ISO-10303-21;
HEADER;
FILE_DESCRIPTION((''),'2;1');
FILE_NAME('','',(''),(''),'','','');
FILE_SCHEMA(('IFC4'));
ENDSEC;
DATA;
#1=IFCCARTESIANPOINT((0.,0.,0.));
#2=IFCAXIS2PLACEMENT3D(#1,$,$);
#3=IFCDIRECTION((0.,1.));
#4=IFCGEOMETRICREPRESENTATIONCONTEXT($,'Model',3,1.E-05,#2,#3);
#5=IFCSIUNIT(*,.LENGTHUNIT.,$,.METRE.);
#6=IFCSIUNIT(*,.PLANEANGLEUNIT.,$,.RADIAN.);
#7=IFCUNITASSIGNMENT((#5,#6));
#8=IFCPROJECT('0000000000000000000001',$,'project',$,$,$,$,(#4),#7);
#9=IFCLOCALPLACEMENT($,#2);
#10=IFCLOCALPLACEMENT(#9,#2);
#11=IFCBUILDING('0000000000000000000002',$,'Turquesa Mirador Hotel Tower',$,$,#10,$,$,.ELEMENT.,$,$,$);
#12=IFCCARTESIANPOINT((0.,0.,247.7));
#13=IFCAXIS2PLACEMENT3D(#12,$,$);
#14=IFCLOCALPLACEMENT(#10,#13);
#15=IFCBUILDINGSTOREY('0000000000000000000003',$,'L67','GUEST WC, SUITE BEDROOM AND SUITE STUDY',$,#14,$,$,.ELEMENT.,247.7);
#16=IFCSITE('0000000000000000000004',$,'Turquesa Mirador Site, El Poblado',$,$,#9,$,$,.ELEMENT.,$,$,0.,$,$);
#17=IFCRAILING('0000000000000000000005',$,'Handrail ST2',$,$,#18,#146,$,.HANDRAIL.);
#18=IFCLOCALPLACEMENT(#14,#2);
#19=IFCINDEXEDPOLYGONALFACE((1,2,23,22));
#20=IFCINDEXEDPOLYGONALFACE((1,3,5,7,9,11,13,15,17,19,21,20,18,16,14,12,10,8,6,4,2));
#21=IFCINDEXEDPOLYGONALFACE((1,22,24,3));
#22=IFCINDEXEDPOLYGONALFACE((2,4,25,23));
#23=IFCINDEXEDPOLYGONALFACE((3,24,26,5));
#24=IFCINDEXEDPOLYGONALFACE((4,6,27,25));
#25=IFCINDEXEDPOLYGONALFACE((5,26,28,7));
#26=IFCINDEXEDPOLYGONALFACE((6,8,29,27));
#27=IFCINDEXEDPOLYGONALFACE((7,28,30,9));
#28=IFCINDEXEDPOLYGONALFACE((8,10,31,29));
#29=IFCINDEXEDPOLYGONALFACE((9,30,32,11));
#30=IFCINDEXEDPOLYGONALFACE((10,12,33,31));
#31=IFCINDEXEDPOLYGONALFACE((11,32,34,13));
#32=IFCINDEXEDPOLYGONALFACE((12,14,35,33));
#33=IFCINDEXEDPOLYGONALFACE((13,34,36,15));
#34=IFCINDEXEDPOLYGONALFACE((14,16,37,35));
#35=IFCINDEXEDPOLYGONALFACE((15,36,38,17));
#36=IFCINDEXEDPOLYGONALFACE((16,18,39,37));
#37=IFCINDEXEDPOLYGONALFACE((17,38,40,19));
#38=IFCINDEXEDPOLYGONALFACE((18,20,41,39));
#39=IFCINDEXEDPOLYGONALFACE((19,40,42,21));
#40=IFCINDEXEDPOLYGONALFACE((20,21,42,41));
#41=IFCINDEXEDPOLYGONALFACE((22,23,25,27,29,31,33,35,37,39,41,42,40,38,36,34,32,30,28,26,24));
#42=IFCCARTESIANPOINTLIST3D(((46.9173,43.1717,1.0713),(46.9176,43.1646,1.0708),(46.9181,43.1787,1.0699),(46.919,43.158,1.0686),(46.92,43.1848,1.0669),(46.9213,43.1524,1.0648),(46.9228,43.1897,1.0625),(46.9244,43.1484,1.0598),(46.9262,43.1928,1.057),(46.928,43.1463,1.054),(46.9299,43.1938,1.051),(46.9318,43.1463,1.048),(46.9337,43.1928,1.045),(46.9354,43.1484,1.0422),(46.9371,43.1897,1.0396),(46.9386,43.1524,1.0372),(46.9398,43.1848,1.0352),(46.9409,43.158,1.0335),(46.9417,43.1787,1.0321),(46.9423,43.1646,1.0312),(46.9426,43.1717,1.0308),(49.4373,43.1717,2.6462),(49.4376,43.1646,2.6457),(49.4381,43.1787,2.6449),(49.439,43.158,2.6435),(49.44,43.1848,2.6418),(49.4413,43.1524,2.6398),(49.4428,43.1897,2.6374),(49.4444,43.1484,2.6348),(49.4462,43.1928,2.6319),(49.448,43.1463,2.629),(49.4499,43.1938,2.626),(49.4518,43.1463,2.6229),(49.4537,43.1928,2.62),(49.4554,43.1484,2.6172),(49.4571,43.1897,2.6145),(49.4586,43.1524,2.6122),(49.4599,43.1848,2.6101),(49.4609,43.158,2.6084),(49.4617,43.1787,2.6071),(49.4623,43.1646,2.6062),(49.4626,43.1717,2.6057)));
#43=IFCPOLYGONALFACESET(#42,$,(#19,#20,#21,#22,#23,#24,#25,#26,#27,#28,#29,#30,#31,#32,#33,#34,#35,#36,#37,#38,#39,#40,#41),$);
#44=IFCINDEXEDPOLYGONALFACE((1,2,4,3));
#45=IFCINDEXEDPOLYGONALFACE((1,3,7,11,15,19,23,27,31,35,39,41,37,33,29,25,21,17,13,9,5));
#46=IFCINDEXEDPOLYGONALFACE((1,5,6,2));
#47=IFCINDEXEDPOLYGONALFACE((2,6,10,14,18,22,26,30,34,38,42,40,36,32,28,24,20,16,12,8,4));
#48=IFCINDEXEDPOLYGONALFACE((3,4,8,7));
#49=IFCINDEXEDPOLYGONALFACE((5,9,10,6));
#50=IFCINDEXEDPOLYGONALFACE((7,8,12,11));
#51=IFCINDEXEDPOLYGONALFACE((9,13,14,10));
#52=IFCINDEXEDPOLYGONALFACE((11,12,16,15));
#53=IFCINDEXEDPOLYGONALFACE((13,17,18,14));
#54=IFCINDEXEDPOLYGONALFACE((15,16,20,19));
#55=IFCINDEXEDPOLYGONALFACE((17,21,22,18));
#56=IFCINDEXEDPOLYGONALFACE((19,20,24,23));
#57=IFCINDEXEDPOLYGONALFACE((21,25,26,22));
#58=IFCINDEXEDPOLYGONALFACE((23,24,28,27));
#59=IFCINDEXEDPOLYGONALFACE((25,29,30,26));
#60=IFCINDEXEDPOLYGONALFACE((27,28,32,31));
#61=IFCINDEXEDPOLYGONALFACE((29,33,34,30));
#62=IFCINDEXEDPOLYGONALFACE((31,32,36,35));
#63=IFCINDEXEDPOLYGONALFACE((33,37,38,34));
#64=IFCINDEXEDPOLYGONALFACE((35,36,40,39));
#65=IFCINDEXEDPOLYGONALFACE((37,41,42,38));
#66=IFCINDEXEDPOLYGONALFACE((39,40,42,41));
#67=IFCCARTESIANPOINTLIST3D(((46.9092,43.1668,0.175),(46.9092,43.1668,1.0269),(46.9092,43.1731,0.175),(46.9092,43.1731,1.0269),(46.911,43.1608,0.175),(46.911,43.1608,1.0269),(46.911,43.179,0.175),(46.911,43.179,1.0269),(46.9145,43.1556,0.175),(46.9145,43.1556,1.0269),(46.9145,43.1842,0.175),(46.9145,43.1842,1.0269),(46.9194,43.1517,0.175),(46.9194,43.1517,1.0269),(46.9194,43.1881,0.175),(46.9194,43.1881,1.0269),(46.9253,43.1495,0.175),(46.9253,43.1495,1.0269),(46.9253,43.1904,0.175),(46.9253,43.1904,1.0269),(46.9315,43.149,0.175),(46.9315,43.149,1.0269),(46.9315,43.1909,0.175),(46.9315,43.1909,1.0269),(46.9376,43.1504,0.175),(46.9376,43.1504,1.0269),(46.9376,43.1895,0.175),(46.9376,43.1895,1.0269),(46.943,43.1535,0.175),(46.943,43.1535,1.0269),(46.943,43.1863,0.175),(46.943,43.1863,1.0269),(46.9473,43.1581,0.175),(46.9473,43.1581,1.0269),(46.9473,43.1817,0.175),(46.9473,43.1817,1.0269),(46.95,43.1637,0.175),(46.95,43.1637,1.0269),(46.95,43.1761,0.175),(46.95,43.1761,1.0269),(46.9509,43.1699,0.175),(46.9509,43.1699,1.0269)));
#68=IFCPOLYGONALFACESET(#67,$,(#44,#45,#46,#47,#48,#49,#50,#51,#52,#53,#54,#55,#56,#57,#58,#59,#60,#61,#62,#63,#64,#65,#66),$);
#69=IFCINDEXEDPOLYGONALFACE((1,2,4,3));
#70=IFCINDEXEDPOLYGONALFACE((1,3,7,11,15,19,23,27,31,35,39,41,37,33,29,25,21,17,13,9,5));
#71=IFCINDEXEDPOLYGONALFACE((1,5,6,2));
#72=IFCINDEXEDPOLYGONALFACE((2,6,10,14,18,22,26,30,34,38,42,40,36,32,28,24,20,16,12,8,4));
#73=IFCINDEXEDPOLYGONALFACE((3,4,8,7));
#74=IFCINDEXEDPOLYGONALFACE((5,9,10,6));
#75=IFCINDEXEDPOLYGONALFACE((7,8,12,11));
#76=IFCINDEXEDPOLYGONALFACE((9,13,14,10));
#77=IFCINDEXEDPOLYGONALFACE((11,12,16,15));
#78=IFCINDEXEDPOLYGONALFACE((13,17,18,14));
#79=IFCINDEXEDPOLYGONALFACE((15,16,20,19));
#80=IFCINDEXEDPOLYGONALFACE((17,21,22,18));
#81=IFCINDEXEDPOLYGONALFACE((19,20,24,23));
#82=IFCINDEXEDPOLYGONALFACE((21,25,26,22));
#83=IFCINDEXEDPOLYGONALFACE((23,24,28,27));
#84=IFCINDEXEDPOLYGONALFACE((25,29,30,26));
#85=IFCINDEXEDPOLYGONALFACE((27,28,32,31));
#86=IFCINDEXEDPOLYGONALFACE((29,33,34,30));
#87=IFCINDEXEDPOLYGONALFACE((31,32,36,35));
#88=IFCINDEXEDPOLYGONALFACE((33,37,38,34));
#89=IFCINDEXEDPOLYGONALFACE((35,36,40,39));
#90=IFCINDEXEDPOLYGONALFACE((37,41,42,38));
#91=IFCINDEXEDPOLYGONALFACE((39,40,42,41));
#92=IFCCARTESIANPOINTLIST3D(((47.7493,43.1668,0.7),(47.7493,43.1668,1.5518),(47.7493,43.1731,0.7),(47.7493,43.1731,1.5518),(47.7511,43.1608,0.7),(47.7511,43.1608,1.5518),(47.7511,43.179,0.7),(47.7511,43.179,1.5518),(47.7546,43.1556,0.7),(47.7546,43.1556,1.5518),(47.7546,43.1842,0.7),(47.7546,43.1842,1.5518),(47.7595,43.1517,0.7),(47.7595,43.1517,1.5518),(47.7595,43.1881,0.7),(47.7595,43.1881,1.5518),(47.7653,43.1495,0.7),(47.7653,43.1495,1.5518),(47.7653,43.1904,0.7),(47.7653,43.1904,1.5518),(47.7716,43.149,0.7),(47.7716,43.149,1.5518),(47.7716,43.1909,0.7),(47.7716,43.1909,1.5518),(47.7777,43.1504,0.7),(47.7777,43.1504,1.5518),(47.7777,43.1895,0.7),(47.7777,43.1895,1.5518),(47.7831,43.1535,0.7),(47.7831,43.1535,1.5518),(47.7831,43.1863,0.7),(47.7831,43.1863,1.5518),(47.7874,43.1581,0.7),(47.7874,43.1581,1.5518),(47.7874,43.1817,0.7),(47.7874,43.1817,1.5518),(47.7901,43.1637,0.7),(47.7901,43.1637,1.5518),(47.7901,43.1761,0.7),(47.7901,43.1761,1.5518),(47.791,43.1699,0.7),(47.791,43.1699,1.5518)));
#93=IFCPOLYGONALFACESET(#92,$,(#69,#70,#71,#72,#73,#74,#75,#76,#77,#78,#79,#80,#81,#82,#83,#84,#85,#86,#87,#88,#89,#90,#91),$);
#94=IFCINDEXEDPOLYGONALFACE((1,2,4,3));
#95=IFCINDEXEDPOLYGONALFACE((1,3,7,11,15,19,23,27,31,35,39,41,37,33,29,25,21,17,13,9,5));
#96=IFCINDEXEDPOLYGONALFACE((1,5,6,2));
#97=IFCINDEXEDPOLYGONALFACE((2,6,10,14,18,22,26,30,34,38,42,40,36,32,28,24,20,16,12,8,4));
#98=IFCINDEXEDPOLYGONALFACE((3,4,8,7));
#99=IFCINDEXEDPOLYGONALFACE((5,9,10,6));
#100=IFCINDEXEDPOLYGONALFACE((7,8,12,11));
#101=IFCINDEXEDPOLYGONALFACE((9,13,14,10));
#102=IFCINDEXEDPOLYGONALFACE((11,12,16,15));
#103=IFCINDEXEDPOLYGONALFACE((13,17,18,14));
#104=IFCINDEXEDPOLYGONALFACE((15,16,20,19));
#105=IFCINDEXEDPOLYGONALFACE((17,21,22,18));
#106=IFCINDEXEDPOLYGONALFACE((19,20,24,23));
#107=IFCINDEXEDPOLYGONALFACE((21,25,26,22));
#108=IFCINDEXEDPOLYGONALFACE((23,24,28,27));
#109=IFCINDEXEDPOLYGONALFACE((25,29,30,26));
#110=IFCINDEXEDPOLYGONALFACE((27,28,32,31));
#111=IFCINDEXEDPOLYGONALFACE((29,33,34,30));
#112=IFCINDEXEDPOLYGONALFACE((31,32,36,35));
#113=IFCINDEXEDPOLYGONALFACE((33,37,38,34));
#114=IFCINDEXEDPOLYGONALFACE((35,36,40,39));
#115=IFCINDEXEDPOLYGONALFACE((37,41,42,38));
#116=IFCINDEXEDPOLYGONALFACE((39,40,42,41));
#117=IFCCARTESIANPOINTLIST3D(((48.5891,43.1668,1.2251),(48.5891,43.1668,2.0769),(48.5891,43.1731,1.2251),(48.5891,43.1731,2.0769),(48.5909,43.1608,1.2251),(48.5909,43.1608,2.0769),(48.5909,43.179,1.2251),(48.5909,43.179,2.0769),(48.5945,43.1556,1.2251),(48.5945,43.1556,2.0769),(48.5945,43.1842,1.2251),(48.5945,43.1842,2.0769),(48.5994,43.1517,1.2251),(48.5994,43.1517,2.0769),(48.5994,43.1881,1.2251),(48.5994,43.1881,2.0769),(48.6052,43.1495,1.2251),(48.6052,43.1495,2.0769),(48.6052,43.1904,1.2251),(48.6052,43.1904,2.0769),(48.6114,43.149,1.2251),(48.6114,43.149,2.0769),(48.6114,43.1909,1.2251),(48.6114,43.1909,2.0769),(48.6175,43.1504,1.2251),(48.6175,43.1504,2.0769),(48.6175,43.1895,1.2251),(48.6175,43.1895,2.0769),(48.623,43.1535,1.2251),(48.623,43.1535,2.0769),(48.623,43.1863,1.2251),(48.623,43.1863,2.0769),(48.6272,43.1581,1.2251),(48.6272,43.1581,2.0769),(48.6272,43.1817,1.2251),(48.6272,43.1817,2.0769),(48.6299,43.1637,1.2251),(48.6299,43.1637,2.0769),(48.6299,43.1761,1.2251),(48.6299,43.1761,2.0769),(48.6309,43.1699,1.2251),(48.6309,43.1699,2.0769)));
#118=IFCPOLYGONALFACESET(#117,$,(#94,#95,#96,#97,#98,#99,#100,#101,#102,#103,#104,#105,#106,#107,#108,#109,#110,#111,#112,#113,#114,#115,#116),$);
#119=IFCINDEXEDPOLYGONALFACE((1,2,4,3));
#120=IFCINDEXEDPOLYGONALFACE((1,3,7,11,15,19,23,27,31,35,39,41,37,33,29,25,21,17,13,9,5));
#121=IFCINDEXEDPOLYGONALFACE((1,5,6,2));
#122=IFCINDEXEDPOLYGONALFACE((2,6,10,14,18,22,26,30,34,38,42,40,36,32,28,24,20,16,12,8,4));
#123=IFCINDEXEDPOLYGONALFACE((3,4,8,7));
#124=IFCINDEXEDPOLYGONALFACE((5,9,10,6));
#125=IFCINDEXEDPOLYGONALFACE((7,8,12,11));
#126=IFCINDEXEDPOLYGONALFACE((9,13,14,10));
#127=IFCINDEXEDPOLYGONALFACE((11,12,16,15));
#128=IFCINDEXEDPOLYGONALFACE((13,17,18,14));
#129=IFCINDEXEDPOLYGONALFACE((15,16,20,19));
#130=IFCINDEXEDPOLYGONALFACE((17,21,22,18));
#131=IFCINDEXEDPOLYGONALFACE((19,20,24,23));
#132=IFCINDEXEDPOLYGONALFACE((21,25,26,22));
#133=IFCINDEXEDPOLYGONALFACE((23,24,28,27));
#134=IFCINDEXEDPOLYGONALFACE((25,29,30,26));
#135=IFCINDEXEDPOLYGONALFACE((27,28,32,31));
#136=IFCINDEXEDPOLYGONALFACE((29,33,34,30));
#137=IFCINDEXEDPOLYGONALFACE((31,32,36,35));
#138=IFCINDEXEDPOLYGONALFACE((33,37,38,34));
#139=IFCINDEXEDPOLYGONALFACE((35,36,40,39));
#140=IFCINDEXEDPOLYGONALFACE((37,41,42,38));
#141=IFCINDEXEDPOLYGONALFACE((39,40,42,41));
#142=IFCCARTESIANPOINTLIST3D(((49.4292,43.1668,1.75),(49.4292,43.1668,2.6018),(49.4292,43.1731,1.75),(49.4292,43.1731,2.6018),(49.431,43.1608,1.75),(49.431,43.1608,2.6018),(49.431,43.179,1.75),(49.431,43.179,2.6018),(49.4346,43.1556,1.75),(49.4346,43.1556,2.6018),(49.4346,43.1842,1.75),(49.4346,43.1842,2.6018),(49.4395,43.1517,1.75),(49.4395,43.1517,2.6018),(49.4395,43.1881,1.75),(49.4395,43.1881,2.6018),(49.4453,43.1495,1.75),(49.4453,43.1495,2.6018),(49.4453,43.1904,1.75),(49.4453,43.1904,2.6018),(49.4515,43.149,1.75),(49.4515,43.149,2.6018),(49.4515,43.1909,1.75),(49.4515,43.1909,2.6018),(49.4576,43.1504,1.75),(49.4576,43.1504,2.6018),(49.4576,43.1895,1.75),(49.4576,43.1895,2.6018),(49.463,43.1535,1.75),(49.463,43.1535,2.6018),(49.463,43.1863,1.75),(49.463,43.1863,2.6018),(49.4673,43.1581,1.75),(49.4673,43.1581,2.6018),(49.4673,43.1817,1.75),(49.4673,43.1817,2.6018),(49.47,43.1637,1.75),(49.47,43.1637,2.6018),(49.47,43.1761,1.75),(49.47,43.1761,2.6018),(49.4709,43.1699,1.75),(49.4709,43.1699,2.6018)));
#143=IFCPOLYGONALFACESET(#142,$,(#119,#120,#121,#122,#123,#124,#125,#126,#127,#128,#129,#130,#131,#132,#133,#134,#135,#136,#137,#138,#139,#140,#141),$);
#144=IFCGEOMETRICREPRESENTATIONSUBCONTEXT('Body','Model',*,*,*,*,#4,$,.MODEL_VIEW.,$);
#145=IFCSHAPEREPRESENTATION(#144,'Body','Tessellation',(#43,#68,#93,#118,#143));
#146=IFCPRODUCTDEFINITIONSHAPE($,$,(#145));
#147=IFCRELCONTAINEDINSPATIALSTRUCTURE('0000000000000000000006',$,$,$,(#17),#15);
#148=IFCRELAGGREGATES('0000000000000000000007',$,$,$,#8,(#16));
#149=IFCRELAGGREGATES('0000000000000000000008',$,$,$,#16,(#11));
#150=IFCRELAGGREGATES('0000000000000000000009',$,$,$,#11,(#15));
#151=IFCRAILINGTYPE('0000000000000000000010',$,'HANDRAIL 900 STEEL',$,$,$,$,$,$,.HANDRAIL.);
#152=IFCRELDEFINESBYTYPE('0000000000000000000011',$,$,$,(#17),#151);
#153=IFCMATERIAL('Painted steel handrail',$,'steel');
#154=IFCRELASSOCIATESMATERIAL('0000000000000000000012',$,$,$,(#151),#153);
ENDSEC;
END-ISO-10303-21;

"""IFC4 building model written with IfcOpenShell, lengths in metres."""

from ifc_helpers import new_model, si_unit, direction, frame, origin, origin_2d, place, context, subcontext, project, spatial, circle, extrude, material, type_object, element, save


model = new_model("IFC4")

# Units and contexts
model_context = context("Model", 3, precision=1e-05, world=origin(), true_north=direction((0.0, 1.0)))
body_context = subcontext(model_context, "Body", "Model", "MODEL_VIEW")
ifc_project = project(units=[si_unit("LENGTHUNIT", "METRE"), si_unit("PLANEANGLEUNIT", "RADIAN")], contexts=[model_context])

# Site, building, storey
site_placement = place(None, origin())
site = spatial("IfcSite", under=ifc_project, at=site_placement, Name="Turquesa Mirador Site, El Poblado", CompositionType="ELEMENT", RefElevation=0.0)
building_placement = place(site_placement, origin())
building = spatial("IfcBuilding", under=site, at=building_placement, Name="Turquesa Mirador Hotel Tower", CompositionType="ELEMENT")
storey_placement = place(building_placement, frame((0.0, 0.0, 247.7)))
storey = spatial("IfcBuildingStorey", under=building, at=storey_placement, Name="L67", Description="GUEST WC, SUITE BEDROOM AND SUITE STUDY", CompositionType="ELEMENT", Elevation=247.7)

# Railing
ifc_material_1 = material(Name="Painted steel handrail", Category="steel")
railing_type = type_object("IfcRailingType", Name="HANDRAIL 900 STEEL", PredefinedType="HANDRAIL", material=ifc_material_1)
railing_placement = place(storey_placement, frame((46.9299, 43.1699, 0.175)))
element("IfcRailing", 1, at=railing_placement, inside=storey, type_object=railing_type, Name="Handrail ST2", PredefinedType="HANDRAIL", context=body_context, shape_type="SweptSolid", body=[
    extrude(circle(Radius=0.0239, at=origin_2d()), frame((0.0, 0.0, 0.876), z_axis=(0.848008, 0.0, 0.529984), x_axis=(0.0, 1.0, 0.0)), (0.0, 0.0, 1.0), 2.9717),
    extrude(circle(Radius=0.021, at=origin_2d()), origin(), (0.0, 0.0, 1.0), 0.8518),
    extrude(circle(Radius=0.021, at=origin_2d()), frame((0.8401, 0.0, 0.5249)), (0.0, 0.0, 1.0), 0.8518),
    extrude(circle(Radius=0.021, at=origin_2d()), frame((1.6799, 0.0, 1.05)), (0.0, 0.0, 1.0), 0.8518),
    extrude(circle(Radius=0.021, at=origin_2d()), frame((2.52, 0.0, 1.575)), (0.0, 0.0, 1.0), 0.8518),
])

save(model, "model.ifc")
